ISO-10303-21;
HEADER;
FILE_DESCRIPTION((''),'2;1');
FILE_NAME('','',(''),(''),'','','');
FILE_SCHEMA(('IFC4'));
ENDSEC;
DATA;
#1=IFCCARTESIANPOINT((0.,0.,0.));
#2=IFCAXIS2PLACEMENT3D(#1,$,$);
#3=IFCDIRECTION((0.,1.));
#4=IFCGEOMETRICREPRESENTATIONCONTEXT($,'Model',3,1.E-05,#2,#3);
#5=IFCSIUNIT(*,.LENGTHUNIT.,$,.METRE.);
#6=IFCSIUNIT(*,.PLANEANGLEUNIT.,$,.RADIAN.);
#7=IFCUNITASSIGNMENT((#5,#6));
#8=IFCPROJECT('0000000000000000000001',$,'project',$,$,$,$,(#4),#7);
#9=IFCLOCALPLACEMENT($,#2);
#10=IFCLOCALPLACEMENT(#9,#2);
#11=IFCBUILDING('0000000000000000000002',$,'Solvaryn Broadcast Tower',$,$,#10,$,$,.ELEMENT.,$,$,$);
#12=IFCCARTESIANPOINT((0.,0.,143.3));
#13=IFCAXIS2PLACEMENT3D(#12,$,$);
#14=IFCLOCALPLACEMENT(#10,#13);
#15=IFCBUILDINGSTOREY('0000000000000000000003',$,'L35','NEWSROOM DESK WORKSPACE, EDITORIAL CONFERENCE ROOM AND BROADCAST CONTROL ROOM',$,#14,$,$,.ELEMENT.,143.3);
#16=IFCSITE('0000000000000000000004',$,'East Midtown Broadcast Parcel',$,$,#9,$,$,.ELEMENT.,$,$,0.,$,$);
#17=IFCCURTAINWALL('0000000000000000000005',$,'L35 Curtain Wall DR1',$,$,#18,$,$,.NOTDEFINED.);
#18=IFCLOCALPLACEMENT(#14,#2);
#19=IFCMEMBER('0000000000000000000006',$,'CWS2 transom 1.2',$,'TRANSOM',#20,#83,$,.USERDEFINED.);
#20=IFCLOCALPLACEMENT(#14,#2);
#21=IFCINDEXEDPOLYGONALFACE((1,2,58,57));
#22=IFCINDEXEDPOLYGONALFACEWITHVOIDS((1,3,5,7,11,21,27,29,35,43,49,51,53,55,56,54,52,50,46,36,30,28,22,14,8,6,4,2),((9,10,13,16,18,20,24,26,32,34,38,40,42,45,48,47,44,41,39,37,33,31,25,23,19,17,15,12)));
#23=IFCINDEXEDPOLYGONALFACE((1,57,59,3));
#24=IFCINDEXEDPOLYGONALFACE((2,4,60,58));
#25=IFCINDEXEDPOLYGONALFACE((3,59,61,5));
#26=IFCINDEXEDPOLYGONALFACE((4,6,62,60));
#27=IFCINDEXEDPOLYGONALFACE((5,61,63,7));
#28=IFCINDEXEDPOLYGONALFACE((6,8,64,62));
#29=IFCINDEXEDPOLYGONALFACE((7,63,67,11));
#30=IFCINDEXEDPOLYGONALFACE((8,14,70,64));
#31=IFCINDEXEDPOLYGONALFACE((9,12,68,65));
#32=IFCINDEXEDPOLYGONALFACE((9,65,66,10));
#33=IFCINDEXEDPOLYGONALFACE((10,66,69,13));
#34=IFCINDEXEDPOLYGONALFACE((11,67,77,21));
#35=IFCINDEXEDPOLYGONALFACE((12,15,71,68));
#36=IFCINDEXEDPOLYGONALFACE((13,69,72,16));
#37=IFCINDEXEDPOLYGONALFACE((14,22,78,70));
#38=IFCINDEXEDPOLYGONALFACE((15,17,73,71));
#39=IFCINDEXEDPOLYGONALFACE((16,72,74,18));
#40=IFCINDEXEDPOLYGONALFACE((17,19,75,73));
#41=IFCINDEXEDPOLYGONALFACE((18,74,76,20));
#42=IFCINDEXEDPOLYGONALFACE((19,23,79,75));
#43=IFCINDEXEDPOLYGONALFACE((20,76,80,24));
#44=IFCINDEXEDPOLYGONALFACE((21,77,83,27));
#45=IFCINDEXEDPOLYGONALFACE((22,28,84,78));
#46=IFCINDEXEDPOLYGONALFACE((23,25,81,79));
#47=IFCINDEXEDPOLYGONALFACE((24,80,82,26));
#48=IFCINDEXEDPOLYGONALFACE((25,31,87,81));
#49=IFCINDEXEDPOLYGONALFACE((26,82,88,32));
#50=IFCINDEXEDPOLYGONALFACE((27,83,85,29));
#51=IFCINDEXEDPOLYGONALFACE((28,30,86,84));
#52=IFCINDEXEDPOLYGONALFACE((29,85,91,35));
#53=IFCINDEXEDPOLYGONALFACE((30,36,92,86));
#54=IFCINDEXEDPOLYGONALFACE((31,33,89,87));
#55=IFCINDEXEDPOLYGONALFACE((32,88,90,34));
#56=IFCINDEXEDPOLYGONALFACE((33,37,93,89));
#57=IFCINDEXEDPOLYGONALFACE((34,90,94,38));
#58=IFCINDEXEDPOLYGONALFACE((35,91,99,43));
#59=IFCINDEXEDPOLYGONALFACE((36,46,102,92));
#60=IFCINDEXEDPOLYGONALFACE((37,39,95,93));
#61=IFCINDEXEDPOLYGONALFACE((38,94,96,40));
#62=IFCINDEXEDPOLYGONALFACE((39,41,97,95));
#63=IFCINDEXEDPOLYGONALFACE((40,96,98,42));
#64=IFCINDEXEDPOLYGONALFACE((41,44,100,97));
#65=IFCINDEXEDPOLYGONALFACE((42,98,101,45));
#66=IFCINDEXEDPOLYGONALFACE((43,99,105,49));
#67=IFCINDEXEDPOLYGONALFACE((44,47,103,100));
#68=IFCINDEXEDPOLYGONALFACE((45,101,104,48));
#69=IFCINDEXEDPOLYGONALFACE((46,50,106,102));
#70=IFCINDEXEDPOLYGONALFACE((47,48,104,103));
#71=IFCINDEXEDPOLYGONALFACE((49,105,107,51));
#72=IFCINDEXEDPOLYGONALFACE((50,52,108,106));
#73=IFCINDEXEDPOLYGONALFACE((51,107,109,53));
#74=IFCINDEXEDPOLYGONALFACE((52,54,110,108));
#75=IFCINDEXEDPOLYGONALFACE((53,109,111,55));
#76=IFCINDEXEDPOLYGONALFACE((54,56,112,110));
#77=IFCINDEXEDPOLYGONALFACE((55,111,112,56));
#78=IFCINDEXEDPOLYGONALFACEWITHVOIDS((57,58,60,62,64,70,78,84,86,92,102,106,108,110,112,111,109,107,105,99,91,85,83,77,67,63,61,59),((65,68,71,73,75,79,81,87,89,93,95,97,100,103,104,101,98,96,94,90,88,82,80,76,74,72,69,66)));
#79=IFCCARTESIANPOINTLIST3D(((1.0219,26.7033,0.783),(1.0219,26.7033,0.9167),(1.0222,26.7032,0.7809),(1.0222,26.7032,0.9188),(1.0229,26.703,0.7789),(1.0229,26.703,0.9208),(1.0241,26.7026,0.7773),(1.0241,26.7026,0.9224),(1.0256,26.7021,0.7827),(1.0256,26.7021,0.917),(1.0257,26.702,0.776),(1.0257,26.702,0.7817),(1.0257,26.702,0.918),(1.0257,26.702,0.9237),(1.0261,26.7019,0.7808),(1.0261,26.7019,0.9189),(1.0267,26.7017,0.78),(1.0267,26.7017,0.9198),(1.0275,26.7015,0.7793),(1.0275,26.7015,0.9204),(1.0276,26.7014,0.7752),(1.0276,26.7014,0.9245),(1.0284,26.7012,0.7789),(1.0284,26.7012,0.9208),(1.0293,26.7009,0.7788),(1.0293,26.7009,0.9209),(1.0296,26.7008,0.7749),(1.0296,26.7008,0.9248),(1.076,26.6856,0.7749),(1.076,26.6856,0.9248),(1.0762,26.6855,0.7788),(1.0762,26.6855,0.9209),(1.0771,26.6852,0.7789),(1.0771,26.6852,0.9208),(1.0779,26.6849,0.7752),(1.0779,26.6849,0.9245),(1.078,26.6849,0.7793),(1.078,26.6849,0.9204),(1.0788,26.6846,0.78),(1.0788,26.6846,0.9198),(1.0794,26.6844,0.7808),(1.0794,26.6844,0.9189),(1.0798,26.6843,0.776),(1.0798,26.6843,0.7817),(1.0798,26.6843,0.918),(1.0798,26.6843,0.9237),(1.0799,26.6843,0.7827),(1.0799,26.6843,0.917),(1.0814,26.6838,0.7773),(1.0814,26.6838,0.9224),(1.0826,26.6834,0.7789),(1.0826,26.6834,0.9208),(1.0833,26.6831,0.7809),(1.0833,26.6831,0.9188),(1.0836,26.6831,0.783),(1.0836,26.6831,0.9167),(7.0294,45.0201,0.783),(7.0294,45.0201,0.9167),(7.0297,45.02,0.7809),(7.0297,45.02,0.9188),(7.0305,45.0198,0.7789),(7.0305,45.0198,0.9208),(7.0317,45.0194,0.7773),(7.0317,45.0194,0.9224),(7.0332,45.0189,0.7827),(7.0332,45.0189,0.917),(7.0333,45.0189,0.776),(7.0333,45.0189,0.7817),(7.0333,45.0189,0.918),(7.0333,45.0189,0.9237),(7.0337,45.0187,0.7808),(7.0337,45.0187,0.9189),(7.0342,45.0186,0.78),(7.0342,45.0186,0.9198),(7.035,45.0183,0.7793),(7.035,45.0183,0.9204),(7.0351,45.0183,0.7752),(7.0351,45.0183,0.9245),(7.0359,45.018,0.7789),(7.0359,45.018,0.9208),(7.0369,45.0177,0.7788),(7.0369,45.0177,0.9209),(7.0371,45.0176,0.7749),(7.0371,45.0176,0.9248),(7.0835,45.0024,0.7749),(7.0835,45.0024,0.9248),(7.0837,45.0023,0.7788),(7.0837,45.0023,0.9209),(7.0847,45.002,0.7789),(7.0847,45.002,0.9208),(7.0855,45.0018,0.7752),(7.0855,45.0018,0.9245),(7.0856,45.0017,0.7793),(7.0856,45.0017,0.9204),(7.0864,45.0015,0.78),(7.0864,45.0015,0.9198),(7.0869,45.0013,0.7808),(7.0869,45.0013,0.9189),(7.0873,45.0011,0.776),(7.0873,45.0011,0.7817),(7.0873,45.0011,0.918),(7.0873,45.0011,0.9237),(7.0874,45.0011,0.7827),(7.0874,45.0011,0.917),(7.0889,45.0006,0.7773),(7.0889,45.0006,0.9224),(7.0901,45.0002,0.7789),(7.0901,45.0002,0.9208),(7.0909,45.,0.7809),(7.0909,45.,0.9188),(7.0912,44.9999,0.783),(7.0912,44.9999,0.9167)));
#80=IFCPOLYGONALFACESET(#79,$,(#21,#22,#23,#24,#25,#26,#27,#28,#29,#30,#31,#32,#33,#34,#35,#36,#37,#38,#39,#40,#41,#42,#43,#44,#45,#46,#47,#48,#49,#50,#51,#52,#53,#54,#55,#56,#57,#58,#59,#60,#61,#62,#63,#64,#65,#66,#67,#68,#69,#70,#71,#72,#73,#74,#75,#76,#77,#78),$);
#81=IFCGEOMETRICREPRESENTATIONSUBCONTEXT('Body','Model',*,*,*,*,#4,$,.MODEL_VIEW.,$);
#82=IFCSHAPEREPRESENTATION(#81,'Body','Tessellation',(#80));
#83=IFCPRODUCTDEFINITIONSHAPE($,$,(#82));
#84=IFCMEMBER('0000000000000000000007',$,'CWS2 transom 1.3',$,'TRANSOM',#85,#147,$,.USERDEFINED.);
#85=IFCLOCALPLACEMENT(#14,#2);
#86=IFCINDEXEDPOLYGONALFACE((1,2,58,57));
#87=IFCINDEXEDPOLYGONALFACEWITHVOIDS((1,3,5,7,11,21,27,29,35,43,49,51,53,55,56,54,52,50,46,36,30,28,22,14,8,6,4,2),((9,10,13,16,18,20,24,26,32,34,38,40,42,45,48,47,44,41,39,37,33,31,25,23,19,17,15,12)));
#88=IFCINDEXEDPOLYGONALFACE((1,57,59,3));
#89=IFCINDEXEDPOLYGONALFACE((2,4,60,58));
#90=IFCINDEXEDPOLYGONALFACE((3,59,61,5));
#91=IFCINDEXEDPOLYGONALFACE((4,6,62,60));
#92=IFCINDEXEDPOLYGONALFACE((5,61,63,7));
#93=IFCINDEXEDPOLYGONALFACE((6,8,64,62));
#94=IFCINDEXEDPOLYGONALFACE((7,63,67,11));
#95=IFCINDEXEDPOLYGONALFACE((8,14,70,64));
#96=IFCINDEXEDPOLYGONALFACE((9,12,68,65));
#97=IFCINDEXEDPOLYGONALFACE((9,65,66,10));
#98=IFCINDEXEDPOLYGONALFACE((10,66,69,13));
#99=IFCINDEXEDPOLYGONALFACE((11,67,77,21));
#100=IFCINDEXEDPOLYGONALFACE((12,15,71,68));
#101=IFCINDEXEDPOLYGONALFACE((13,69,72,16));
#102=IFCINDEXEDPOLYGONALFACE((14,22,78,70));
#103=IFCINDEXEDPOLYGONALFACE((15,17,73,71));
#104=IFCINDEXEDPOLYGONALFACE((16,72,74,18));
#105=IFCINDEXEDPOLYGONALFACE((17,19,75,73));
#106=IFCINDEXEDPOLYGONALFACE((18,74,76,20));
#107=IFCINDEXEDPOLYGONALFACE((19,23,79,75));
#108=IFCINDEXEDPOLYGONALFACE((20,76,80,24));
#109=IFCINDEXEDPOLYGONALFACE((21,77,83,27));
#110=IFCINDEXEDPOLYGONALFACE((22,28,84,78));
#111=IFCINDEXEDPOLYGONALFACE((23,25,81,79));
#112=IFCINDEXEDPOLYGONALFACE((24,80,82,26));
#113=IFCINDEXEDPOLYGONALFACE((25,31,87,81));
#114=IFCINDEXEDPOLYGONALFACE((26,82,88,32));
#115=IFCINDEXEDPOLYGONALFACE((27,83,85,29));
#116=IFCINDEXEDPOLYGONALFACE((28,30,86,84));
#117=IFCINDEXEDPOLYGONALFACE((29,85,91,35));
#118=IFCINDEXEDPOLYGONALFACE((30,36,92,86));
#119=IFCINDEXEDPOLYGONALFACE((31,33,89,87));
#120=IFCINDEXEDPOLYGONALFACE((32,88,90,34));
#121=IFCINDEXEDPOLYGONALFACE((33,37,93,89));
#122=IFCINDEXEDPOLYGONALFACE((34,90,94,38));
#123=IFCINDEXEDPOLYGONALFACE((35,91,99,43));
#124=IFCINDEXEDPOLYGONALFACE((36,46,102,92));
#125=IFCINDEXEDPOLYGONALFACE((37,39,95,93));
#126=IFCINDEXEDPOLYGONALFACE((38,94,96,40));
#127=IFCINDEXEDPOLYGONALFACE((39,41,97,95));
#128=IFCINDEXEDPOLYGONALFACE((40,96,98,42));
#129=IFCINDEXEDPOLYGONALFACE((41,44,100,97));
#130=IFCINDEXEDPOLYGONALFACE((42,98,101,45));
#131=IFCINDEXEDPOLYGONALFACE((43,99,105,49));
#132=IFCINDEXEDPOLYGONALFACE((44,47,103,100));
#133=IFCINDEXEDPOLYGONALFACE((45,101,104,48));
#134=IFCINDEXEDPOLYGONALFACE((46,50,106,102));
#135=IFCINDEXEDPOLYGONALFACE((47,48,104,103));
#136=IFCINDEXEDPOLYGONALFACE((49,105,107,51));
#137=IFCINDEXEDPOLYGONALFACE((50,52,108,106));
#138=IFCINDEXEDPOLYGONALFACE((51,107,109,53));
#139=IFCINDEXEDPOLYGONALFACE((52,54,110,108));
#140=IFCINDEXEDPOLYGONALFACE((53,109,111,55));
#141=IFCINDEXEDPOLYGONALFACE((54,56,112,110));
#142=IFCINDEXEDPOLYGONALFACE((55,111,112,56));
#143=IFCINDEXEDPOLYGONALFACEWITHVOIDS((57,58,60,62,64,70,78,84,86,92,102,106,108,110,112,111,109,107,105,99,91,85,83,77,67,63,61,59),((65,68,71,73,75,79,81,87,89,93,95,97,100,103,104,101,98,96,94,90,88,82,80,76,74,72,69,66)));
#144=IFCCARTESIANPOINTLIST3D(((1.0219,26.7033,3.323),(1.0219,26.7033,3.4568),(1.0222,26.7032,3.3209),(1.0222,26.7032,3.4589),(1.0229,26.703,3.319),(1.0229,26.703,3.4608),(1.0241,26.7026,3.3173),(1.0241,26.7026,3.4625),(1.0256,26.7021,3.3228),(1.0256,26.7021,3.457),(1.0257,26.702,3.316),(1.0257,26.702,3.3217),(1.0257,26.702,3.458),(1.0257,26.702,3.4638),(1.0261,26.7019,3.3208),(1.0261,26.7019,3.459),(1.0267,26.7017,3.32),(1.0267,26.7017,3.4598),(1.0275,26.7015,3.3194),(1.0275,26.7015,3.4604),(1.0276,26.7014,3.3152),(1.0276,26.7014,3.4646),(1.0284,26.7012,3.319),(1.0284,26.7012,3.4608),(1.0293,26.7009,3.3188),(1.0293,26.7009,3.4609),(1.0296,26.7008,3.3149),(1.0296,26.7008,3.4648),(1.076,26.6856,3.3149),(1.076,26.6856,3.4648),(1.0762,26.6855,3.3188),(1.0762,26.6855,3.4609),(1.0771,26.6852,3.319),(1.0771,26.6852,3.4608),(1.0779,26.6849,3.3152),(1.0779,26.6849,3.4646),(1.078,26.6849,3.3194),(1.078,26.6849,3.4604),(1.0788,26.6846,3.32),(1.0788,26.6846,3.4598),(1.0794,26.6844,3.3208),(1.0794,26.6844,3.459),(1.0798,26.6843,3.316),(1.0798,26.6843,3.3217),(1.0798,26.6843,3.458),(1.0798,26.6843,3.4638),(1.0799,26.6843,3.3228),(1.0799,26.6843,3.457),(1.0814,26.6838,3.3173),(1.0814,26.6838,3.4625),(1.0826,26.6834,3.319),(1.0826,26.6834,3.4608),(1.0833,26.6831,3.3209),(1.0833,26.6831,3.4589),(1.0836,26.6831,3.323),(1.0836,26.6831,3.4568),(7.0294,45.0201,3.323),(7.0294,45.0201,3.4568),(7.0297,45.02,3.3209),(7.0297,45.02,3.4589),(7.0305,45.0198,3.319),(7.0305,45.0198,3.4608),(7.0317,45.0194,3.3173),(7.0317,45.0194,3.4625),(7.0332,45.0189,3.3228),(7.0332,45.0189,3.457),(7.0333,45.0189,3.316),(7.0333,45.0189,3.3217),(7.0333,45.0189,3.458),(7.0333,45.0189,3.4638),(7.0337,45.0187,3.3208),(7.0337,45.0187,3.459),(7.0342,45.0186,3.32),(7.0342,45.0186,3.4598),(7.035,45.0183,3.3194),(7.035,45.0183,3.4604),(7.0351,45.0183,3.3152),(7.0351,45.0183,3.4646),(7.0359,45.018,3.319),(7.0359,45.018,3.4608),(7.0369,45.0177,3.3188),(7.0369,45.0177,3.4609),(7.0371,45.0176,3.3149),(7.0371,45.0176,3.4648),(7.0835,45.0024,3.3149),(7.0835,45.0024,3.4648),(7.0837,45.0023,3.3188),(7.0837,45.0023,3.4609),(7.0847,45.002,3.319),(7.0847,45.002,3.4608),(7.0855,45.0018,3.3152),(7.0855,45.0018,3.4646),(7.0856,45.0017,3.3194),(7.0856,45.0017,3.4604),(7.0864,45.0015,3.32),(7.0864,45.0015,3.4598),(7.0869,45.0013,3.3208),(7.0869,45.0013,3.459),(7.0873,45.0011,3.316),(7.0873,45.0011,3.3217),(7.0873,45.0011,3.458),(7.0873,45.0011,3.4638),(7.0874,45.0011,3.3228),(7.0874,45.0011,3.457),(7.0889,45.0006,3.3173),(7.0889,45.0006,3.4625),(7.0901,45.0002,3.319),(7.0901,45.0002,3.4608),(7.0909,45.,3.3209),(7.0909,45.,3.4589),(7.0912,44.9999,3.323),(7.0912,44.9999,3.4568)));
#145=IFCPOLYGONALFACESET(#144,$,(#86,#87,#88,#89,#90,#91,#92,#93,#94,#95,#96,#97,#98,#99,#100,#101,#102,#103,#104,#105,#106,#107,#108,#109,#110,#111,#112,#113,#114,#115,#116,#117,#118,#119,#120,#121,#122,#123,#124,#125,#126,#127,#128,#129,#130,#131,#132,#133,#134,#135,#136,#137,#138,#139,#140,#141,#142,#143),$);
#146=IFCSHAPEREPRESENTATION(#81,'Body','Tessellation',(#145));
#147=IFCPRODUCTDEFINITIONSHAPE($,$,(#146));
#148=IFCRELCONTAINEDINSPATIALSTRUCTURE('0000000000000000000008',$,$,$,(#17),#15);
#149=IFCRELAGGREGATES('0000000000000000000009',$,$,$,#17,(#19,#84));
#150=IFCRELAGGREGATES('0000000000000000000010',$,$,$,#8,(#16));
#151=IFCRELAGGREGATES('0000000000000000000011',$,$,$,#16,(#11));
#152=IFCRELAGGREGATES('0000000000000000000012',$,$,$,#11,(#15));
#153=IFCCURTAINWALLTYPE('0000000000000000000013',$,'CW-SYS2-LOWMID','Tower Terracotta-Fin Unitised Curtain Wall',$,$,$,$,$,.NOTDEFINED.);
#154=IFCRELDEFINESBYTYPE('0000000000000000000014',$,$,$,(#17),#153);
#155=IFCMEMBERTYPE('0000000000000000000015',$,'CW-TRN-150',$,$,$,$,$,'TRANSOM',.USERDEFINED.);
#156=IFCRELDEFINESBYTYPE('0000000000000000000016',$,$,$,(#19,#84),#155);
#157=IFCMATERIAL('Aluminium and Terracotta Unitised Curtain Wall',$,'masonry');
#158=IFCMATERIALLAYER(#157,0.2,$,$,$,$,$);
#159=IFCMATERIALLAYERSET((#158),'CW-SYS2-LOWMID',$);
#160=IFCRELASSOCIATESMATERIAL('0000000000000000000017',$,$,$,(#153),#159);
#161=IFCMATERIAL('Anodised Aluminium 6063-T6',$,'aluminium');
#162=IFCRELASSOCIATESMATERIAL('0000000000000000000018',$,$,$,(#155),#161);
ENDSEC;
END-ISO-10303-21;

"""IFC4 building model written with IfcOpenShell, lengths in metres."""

from ifc_helpers import new_model, si_unit, direction, frame, origin, origin_2d, place, context, subcontext, project, spatial, hollow_rectangle, extrude, material, layer, layer_set, material_profile, profile_set, type_object, element, aggregate, save


model = new_model("IFC4")

# Units and contexts
model_context = context("Model", 3, precision=1e-05, world=origin(), true_north=direction((0.0, 1.0)))
body_context = subcontext(model_context, "Body", "Model", "MODEL_VIEW")
ifc_project = project(units=[si_unit("LENGTHUNIT", "METRE"), si_unit("PLANEANGLEUNIT", "RADIAN")], contexts=[model_context])

# Site, building, storey
site_placement = place(None, origin())
site = spatial("IfcSite", under=ifc_project, at=site_placement, Name="East Midtown Broadcast Parcel", CompositionType="ELEMENT", RefElevation=0.0)
building_placement = place(site_placement, origin())
building = spatial("IfcBuilding", under=site, at=building_placement, Name="Solvaryn Broadcast Tower", CompositionType="ELEMENT")
storey_placement = place(building_placement, frame((0.0, 0.0, 143.3)))
storey = spatial("IfcBuildingStorey", under=building, at=storey_placement, Name="L35", Description="NEWSROOM DESK WORKSPACE, EDITORIAL CONFERENCE ROOM AND BROADCAST CONTROL ROOM", CompositionType="ELEMENT", Elevation=143.3)

# Curtain wall
ifc_material_1 = material(Name="Aluminium and Terracotta Unitised Curtain Wall", Category="masonry")
ifc_layer_1 = layer(ifc_material_1, 0.2)
ifc_layer_set_1 = layer_set([ifc_layer_1], Name="CW-SYS2-LOWMID")
curtain_wall_type = type_object("IfcCurtainWallType", Name="CW-SYS2-LOWMID", Description="Tower Terracotta-Fin Unitised Curtain Wall", PredefinedType="NOTDEFINED", material=ifc_layer_set_1)
curtain_wall_1_placement = place(storey_placement, origin())
curtain_wall_1 = element("IfcCurtainWall", 1, at=curtain_wall_1_placement, inside=storey, type_object=curtain_wall_type, Name="L35 Curtain Wall DR1", PredefinedType="NOTDEFINED")

# Members
ifc_material_2 = material(Name="Anodised Aluminium 6063-T6", Category="aluminium")
ifc_material_profile_1 = material_profile(ifc_material_2, hollow_rectangle(XDim=0.0649, YDim=0.1499, WallThickness=0.0039, InnerFilletRadius=0.0039, OuterFilletRadius=0.0081, at=origin_2d()))
ifc_profile_set_1 = profile_set([ifc_material_profile_1], Name="Anodised Aluminium 6063-T6")
member_type_1 = type_object("IfcMemberType", Name="CW-TRN-150", ElementType="TRANSOM", PredefinedType="USERDEFINED", material=ifc_profile_set_1)
member_1_placement = place(storey_placement, frame((7.0603, 45.01, 0.8499), z_axis=(-0.311646, -0.950198, 0.0), x_axis=(0.950198, -0.311646, 0.0)))
member_1 = element("IfcMember", 2, at=member_1_placement, type_object=member_type_1, Name="CWS2 transom 1.2", ObjectType="TRANSOM", PredefinedType="USERDEFINED", context=body_context, shape_type="SweptSolid", body=[
    extrude(hollow_rectangle(XDim=0.0649, YDim=0.1499, WallThickness=0.0039, InnerFilletRadius=0.0039, OuterFilletRadius=0.0081, at=origin_2d()), origin(), (0.0, 0.0, 1.0), 19.2769),
])
member_2_placement = place(storey_placement, frame((7.0603, 45.01, 3.3899), z_axis=(-0.311646, -0.950198, 0.0), x_axis=(0.950198, -0.311646, 0.0)))
member_2 = element("IfcMember", 3, at=member_2_placement, type_object=member_type_1, Name="CWS2 transom 1.3", ObjectType="TRANSOM", PredefinedType="USERDEFINED", context=body_context, shape_type="SweptSolid", body=[
    extrude(hollow_rectangle(XDim=0.0649, YDim=0.1499, WallThickness=0.0039, InnerFilletRadius=0.0039, OuterFilletRadius=0.0081, at=origin_2d()), origin(), (0.0, 0.0, 1.0), 19.2769),
])
aggregate(curtain_wall_1, [member_1, member_2])

save(model, "model.ifc")
